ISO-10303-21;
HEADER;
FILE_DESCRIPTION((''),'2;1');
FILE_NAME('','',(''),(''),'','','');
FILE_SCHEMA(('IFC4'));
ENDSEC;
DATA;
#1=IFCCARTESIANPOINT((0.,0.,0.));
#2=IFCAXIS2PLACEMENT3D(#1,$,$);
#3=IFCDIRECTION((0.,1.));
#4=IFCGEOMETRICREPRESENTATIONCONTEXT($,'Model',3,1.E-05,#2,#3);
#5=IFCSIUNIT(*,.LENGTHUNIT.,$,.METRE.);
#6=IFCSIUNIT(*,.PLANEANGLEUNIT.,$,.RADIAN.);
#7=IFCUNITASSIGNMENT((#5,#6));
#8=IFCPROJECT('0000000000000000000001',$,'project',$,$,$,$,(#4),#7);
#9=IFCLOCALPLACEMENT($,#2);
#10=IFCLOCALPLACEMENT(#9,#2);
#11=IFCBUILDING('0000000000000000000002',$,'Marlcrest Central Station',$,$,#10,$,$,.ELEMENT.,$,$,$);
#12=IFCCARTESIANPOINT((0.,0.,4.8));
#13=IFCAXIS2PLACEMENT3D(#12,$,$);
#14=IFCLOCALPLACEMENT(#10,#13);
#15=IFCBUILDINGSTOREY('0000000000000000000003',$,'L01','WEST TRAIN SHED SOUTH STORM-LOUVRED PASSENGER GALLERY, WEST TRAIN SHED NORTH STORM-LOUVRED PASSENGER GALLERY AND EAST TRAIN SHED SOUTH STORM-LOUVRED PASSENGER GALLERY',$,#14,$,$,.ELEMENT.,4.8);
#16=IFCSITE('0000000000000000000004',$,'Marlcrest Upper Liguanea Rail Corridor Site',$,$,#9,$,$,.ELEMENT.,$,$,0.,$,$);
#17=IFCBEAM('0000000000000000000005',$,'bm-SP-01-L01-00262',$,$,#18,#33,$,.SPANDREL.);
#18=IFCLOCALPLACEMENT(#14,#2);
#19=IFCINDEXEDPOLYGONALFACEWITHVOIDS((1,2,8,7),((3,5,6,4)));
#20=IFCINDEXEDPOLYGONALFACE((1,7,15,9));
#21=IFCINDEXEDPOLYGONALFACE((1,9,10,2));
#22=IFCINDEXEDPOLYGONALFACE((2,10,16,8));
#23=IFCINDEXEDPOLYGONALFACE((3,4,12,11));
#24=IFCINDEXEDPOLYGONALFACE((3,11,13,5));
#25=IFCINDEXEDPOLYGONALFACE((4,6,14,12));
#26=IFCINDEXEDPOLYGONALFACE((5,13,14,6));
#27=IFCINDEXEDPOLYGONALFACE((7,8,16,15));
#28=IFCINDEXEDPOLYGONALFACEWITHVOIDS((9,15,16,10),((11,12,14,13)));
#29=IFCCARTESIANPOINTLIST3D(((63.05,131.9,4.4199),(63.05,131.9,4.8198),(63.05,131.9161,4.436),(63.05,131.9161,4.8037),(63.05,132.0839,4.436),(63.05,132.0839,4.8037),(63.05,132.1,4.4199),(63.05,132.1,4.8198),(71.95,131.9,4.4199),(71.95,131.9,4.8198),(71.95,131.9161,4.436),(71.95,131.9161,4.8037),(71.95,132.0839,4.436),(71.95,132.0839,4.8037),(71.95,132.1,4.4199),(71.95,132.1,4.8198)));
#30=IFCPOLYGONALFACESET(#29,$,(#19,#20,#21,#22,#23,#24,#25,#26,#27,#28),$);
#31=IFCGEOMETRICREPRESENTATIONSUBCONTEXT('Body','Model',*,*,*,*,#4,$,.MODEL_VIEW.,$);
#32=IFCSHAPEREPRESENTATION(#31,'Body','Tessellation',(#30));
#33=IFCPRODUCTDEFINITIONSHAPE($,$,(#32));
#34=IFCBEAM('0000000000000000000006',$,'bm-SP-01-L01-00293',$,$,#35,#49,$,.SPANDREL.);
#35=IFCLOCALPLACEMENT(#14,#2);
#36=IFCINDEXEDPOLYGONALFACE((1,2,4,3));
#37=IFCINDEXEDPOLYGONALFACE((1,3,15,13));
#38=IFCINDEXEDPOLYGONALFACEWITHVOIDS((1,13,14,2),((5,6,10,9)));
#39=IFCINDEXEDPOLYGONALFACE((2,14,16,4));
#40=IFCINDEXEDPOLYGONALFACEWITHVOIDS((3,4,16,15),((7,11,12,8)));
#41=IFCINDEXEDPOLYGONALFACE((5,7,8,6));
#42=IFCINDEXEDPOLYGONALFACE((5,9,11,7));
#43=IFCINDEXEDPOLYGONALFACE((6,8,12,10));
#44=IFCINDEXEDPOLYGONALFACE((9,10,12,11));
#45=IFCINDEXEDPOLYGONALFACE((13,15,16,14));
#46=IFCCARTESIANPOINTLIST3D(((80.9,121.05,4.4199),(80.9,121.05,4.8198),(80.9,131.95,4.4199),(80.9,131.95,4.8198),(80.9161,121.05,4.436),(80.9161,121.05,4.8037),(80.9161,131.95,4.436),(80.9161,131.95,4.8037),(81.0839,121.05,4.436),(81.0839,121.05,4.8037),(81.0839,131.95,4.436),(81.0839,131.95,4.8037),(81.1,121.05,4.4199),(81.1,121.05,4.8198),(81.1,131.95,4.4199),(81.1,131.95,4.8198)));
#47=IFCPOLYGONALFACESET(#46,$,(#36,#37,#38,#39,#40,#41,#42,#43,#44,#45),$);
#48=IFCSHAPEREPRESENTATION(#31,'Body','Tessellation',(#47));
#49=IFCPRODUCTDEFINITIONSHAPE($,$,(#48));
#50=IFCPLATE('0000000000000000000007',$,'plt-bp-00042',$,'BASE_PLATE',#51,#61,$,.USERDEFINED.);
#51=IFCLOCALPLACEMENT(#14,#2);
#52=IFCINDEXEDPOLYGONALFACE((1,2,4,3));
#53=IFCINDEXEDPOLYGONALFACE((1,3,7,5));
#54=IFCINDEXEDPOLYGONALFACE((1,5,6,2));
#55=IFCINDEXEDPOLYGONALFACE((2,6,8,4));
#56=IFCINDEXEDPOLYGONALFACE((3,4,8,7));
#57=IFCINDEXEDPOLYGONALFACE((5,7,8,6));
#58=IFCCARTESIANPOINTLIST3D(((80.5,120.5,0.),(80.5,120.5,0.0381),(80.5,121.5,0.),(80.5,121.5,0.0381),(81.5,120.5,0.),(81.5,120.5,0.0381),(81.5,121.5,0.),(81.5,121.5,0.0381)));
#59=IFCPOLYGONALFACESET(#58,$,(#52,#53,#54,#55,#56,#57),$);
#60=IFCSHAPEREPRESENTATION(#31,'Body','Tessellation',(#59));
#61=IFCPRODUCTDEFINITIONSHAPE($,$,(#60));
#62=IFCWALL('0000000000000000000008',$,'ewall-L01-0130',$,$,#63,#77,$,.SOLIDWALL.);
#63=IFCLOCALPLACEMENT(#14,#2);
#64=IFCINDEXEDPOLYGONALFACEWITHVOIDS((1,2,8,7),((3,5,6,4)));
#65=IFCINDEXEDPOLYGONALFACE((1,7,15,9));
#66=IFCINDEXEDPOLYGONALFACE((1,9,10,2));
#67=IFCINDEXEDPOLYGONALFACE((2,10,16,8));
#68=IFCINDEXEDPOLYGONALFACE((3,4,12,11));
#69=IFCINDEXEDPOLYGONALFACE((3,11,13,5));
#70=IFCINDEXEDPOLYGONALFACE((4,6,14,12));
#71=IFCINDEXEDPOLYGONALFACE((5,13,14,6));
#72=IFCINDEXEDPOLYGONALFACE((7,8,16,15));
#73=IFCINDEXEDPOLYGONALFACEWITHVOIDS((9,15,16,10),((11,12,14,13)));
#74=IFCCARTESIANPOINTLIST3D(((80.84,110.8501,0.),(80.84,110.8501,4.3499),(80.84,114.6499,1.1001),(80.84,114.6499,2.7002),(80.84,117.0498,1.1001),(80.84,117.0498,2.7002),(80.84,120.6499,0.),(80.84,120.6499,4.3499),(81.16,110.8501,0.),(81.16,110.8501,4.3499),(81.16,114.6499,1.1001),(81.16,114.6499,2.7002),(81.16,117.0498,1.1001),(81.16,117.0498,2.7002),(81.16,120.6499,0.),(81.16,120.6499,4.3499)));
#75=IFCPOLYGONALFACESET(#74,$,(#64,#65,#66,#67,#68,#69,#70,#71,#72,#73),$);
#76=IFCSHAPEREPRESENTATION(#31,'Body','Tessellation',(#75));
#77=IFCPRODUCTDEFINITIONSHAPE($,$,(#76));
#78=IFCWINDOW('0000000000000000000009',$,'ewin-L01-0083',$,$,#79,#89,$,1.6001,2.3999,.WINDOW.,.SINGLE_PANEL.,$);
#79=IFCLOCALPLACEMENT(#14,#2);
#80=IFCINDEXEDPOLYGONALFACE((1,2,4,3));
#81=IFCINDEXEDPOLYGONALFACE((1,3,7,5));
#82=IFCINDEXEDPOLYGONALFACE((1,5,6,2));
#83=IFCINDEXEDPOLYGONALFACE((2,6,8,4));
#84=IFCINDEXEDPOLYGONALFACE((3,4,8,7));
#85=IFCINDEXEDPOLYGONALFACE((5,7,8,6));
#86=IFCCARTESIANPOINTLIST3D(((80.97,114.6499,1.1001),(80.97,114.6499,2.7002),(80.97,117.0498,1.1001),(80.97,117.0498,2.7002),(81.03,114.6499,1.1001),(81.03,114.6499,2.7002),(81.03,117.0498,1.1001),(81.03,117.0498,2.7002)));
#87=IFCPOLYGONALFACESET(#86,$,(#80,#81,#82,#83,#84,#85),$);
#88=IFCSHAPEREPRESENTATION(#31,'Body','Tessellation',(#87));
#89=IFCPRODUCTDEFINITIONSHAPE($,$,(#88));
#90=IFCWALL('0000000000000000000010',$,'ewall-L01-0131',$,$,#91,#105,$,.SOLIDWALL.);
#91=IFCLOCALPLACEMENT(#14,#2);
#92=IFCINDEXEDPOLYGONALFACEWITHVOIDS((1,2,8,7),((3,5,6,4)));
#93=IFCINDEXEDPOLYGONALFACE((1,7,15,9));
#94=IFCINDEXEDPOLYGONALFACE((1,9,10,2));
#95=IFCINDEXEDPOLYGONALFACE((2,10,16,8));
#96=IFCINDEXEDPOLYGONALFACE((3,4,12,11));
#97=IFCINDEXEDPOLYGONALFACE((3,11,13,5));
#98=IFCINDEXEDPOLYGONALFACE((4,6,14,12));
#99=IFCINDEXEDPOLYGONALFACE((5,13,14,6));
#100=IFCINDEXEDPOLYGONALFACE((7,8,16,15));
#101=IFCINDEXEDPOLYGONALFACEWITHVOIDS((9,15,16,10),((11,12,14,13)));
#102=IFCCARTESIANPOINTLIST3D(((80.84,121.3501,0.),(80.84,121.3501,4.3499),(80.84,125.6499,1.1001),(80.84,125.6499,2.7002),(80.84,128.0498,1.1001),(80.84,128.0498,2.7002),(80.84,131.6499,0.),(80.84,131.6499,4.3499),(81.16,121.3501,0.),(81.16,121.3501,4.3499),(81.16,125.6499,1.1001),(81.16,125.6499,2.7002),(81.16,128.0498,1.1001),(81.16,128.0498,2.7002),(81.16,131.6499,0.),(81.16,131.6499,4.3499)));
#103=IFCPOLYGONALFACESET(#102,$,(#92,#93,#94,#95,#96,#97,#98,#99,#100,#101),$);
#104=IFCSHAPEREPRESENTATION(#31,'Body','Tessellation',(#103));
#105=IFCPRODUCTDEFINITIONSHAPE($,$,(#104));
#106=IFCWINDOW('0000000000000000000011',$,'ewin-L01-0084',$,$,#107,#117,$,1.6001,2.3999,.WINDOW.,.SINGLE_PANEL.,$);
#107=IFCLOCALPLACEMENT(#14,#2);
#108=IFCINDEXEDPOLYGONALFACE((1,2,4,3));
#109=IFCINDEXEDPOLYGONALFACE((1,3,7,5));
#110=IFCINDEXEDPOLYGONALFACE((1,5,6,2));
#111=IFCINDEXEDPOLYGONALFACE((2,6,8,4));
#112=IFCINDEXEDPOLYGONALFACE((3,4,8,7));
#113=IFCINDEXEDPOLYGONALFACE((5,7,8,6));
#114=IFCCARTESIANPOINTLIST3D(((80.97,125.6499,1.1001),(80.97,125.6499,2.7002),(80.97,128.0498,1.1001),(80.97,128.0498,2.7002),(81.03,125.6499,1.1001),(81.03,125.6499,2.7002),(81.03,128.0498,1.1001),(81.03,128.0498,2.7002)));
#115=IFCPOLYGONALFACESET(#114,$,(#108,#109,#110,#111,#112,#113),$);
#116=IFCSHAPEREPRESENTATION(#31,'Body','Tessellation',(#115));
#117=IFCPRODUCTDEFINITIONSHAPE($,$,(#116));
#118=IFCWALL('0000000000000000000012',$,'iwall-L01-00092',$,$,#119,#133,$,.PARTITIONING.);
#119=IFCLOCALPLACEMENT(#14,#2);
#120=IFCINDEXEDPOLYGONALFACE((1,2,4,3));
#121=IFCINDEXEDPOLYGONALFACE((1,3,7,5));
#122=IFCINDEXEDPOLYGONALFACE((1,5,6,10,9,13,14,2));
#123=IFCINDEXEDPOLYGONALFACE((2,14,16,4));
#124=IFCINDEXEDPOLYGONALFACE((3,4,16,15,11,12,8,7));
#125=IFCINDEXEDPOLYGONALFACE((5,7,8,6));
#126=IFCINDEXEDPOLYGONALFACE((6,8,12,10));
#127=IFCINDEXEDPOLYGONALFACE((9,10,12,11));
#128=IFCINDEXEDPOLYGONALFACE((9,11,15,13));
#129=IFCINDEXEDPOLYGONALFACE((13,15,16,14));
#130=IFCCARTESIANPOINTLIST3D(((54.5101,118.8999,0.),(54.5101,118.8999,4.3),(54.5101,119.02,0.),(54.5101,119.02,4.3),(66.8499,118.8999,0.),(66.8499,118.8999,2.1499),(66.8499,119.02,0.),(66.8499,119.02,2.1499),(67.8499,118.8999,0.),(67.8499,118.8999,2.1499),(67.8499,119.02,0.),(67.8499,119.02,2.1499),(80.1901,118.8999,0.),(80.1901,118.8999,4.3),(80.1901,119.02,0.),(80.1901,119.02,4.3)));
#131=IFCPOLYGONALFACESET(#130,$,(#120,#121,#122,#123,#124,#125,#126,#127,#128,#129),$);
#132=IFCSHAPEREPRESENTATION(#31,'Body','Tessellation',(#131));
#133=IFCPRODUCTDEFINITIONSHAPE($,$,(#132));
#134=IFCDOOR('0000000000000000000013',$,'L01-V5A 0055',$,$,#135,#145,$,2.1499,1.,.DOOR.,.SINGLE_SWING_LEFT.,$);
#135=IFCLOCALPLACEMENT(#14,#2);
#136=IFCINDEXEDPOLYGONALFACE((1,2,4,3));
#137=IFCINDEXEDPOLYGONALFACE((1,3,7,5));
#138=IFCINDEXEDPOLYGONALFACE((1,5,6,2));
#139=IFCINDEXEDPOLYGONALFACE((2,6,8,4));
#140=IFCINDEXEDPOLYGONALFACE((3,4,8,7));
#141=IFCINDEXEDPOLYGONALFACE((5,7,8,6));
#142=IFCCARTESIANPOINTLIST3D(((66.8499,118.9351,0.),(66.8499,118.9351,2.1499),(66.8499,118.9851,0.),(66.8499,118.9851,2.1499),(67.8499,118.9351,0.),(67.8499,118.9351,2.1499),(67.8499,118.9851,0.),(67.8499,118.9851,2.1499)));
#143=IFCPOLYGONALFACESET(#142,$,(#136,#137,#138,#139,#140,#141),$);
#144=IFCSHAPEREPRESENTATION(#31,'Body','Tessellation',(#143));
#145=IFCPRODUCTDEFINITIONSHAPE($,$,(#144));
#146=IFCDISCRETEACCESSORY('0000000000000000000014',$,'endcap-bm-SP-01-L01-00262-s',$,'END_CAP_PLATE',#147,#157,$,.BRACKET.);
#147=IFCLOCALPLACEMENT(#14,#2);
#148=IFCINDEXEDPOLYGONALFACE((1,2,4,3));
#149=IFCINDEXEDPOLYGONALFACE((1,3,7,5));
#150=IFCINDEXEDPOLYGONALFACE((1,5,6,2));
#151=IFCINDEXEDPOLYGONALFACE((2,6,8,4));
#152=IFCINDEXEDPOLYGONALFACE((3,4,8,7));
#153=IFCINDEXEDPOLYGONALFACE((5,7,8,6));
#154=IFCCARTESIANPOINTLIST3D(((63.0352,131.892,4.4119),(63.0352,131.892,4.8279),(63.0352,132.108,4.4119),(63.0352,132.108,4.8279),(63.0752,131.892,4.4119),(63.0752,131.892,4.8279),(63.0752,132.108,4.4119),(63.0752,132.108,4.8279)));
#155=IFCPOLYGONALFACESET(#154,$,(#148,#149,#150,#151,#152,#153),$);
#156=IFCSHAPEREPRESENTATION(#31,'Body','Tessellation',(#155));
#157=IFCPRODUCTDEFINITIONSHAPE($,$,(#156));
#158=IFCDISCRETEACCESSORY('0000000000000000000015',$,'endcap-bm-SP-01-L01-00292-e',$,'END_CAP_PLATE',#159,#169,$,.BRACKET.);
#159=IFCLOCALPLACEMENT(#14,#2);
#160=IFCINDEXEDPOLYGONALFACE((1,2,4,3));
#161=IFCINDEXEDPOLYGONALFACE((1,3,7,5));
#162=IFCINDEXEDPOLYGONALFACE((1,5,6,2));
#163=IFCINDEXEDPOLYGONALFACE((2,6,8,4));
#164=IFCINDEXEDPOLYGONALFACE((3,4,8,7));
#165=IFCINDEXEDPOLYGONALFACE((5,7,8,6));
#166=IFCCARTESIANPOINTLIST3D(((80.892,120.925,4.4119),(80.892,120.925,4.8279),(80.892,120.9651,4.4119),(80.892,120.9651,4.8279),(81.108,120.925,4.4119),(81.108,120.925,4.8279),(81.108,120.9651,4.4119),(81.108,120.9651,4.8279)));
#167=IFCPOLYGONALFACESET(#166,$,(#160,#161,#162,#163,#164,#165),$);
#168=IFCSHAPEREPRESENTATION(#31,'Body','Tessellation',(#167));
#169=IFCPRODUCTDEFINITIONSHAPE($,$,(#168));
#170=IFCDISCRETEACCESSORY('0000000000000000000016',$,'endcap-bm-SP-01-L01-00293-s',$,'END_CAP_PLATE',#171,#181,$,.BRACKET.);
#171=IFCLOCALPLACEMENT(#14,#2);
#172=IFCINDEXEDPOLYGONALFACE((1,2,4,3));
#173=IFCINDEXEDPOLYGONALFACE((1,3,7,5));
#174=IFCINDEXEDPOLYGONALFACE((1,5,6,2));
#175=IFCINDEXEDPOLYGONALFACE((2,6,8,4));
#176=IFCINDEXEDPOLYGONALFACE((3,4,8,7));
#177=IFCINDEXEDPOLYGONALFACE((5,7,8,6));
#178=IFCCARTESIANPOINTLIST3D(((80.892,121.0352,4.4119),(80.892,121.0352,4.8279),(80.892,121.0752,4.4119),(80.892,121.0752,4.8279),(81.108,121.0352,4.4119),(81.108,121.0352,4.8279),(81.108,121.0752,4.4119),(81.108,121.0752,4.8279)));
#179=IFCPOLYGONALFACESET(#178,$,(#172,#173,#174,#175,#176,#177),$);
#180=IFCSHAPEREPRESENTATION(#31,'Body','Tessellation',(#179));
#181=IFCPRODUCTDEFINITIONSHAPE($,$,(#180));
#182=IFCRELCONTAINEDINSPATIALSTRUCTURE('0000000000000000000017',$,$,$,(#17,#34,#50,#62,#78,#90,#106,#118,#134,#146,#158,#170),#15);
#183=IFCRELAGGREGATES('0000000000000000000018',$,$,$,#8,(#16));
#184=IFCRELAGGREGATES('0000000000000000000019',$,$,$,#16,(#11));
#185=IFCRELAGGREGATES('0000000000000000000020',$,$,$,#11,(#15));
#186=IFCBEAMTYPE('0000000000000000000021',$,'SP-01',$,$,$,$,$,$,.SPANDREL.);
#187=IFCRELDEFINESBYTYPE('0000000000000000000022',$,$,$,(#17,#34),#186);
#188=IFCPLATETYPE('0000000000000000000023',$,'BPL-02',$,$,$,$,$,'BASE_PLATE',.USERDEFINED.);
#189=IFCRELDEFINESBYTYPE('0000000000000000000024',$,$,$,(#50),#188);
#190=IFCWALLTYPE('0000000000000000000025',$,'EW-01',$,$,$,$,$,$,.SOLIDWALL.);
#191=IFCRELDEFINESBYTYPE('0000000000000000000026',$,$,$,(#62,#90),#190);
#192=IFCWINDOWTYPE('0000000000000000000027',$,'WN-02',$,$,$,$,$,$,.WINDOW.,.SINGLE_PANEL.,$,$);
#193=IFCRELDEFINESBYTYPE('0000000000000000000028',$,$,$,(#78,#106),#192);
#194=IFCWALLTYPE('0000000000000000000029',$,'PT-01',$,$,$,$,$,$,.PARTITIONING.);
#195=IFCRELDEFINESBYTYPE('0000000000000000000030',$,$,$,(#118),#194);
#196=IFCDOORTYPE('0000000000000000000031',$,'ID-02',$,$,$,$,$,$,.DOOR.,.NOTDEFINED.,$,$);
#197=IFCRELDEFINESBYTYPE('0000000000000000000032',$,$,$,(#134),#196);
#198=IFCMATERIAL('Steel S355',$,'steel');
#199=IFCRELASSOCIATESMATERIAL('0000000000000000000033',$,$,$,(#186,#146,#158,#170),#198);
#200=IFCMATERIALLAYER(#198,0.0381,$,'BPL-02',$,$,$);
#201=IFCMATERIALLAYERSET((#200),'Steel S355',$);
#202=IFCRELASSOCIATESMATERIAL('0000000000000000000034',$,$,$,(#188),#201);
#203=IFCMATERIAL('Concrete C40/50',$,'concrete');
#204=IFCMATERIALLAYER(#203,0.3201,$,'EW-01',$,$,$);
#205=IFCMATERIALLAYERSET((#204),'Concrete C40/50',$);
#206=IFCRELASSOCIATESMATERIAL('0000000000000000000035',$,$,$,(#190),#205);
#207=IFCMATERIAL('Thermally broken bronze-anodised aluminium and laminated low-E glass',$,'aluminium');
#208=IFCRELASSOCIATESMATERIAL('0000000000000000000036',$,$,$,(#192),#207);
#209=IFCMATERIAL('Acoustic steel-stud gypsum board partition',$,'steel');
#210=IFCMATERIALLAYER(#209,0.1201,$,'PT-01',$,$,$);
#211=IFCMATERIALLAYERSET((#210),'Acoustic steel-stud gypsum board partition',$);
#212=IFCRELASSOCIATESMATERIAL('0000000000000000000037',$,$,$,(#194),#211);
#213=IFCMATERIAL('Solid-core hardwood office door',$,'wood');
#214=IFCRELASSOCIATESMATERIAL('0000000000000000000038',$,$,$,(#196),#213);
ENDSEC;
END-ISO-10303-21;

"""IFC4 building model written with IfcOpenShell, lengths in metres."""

from ifc_helpers import new_model, si_unit, direction, frame, frame_2d, origin, origin_2d, place, context, subcontext, project, spatial, rectangle, hollow_rectangle, extrude, material, layer, layer_set, material_profile, profile_set, type_object, element, fill, save


model = new_model("IFC4")

# Units and contexts
model_context = context("Model", 3, precision=1e-05, world=origin(), true_north=direction((0.0, 1.0)))
body_context = subcontext(model_context, "Body", "Model", "MODEL_VIEW")
ifc_project = project(units=[si_unit("LENGTHUNIT", "METRE"), si_unit("PLANEANGLEUNIT", "RADIAN")], contexts=[model_context])

# Site, building, storey
site_placement = place(None, origin())
site = spatial("IfcSite", under=ifc_project, at=site_placement, Name="Marlcrest Upper Liguanea Rail Corridor Site", CompositionType="ELEMENT", RefElevation=0.0)
building_placement = place(site_placement, origin())
building = spatial("IfcBuilding", under=site, at=building_placement, Name="Marlcrest Central Station", CompositionType="ELEMENT")
storey_placement = place(building_placement, frame((0.0, 0.0, 4.8)))
storey = spatial("IfcBuildingStorey", under=building, at=storey_placement, Name="L01", Description="WEST TRAIN SHED SOUTH STORM-LOUVRED PASSENGER GALLERY, WEST TRAIN SHED NORTH STORM-LOUVRED PASSENGER GALLERY AND EAST TRAIN SHED SOUTH STORM-LOUVRED PASSENGER GALLERY", CompositionType="ELEMENT", Elevation=4.8)

# Shared definitions
ifc_material_1 = material(Name="Steel S355", Category="steel")

# Beams
ifc_material_profile_1 = material_profile(ifc_material_1, hollow_rectangle(XDim=0.2, YDim=0.3999, WallThickness=0.0161, at=origin_2d()), Name="RHS 400x200x16")
ifc_profile_set_1 = profile_set([ifc_material_profile_1], Name="Steel S355")
beam_type_1 = type_object("IfcBeamType", Name="SP-01", PredefinedType="SPANDREL", material=ifc_profile_set_1)
beam_1_placement = place(storey_placement, frame((63.05, 132.0, 4.6199), z_axis=(1.0, 0.0, 0.0), x_axis=(0.0, 1.0, 0.0)))
element("IfcBeam", 1, at=beam_1_placement, inside=storey, type_object=beam_type_1, Name="bm-SP-01-L01-00262", PredefinedType="SPANDREL", context=body_context, shape_type="SweptSolid", body=[
    extrude(hollow_rectangle(XDim=0.2, YDim=0.3999, WallThickness=0.0161, at=origin_2d()), origin(), (0.0, 0.0, 1.0), 8.8999),
])
beam_2_placement = place(storey_placement, frame((81.0, 121.05, 4.6199), z_axis=(0.0, 1.0, 0.0), x_axis=(-1.0, 0.0, 0.0)))
element("IfcBeam", 2, at=beam_2_placement, inside=storey, type_object=beam_type_1, Name="bm-SP-01-L01-00293", PredefinedType="SPANDREL", context=body_context, shape_type="SweptSolid", body=[
    extrude(hollow_rectangle(XDim=0.2, YDim=0.3999, WallThickness=0.0161, at=origin_2d()), origin(), (0.0, 0.0, 1.0), 10.8999),
])

# Plate
ifc_layer_1 = layer(ifc_material_1, 0.0381, Name="BPL-02")
ifc_layer_set_1 = layer_set([ifc_layer_1], Name="Steel S355")
plate_type = type_object("IfcPlateType", Name="BPL-02", ElementType="BASE_PLATE", PredefinedType="USERDEFINED", material=ifc_layer_set_1)
plate_placement = place(storey_placement, frame((81.0, 121.0, 0.0), z_axis=(0.0, 0.0, 1.0), x_axis=(1.0, 0.0, 0.0)))
element("IfcPlate", 3, at=plate_placement, inside=storey, type_object=plate_type, Name="plt-bp-00042", ObjectType="BASE_PLATE", PredefinedType="USERDEFINED", context=body_context, shape_type="SweptSolid", body=[
    extrude(rectangle(XDim=1.0, YDim=1.0, at=origin_2d()), origin(), (0.0, 0.0, 1.0), 0.0381),
])

# Walls, openings, windows
ifc_material_2 = material(Name="Concrete C40/50", Category="concrete")
ifc_layer_2 = layer(ifc_material_2, 0.3201, Name="EW-01")
ifc_layer_set_2 = layer_set([ifc_layer_2], Name="Concrete C40/50")
wall_type_1 = type_object("IfcWallType", Name="EW-01", PredefinedType="SOLIDWALL", material=ifc_layer_set_2)
wall_1_placement = place(storey_placement, frame((81.0, 120.6499, 0.0), z_axis=(0.0, 0.0, 1.0), x_axis=(0.0, -1.0, 0.0)))
wall_1 = element("IfcWall", 4, at=wall_1_placement, inside=storey, type_object=wall_type_1, Name="ewall-L01-0130", PredefinedType="SOLIDWALL", context=body_context, shape_type="SweptSolid", body=[
    extrude(rectangle(XDim=9.7998, YDim=0.3201, at=frame_2d((4.8999, 0.0))), origin(), (0.0, 0.0, 1.0), 4.3499),
])
opening_1_placement = place(wall_1_placement, frame((3.6001, 0.0, 1.1001)))
opening_1 = element("IfcOpeningElement", 5, at=opening_1_placement, cuts=wall_1, PredefinedType="OPENING", context=body_context, shape_type="SweptSolid", body=[
    extrude(rectangle(XDim=2.3999, YDim=1.6001, at=frame_2d((1.2, 0.8))), frame((0.0, 0.1699, 0.0), z_axis=(0.0, -1.0, 0.0), x_axis=(1.0, 0.0, 0.0)), (0.0, 0.0, 1.0), 0.3401),
])
ifc_material_3 = material(Name="Thermally broken bronze-anodised aluminium and laminated low-E glass", Category="aluminium")
window_type = type_object("IfcWindowType", Name="WN-02", PartitioningType="SINGLE_PANEL", PredefinedType="WINDOW", material=ifc_material_3)
window_1_placement = place(opening_1_placement, origin())
window_1 = element("IfcWindow", 6, at=window_1_placement, inside=storey, type_object=window_type, Name="ewin-L01-0083", OverallHeight=1.6001, OverallWidth=2.3999, PartitioningType="SINGLE_PANEL", PredefinedType="WINDOW", context=body_context, shape_type="SweptSolid", body=[
    extrude(rectangle(XDim=2.3999, YDim=1.6001, at=frame_2d((1.2, 0.8))), frame((0.0, 0.03, 0.0), z_axis=(0.0, -1.0, 0.0), x_axis=(1.0, 0.0, 0.0)), (0.0, 0.0, 1.0), 0.0601),
])
fill(opening_1, window_1)
wall_2_placement = place(storey_placement, frame((81.0, 131.6499, 0.0), z_axis=(0.0, 0.0, 1.0), x_axis=(0.0, -1.0, 0.0)))
wall_2 = element("IfcWall", 7, at=wall_2_placement, inside=storey, type_object=wall_type_1, Name="ewall-L01-0131", PredefinedType="SOLIDWALL", context=body_context, shape_type="SweptSolid", body=[
    extrude(rectangle(XDim=10.2998, YDim=0.3201, at=frame_2d((5.1499, 0.0))), origin(), (0.0, 0.0, 1.0), 4.3499),
])
opening_2_placement = place(wall_2_placement, frame((3.6001, 0.0, 1.1001)))
opening_2 = element("IfcOpeningElement", 8, at=opening_2_placement, cuts=wall_2, PredefinedType="OPENING", context=body_context, shape_type="SweptSolid", body=[
    extrude(rectangle(XDim=2.3999, YDim=1.6001, at=frame_2d((1.2, 0.8))), frame((0.0, 0.1699, 0.0), z_axis=(0.0, -1.0, 0.0), x_axis=(1.0, 0.0, 0.0)), (0.0, 0.0, 1.0), 0.3401),
])
window_2_placement = place(opening_2_placement, origin())
window_2 = element("IfcWindow", 9, at=window_2_placement, inside=storey, type_object=window_type, Name="ewin-L01-0084", OverallHeight=1.6001, OverallWidth=2.3999, PartitioningType="SINGLE_PANEL", PredefinedType="WINDOW", context=body_context, shape_type="SweptSolid", body=[
    extrude(rectangle(XDim=2.3999, YDim=1.6001, at=frame_2d((1.2, 0.8))), frame((0.0, 0.03, 0.0), z_axis=(0.0, -1.0, 0.0), x_axis=(1.0, 0.0, 0.0)), (0.0, 0.0, 1.0), 0.0601),
])
fill(opening_2, window_2)

# Wall, opening, door
ifc_material_4 = material(Name="Acoustic steel-stud gypsum board partition", Category="steel")
ifc_layer_3 = layer(ifc_material_4, 0.1201, Name="PT-01")
ifc_layer_set_3 = layer_set([ifc_layer_3], Name="Acoustic steel-stud gypsum board partition")
wall_type_2 = type_object("IfcWallType", Name="PT-01", PredefinedType="PARTITIONING", material=ifc_layer_set_3)
wall_3_placement = place(storey_placement, frame((80.1899, 118.96, 0.0), z_axis=(0.0, 0.0, 1.0), x_axis=(-1.0, 0.0, 0.0)))
wall_3 = element("IfcWall", 10, at=wall_3_placement, inside=storey, type_object=wall_type_2, Name="iwall-L01-00092", PredefinedType="PARTITIONING", context=body_context, shape_type="SweptSolid", body=[
    extrude(rectangle(XDim=25.6799, YDim=0.1201, at=frame_2d((12.8398, 0.0))), origin(), (0.0, 0.0, 1.0), 4.3),
])
opening_3_placement = place(wall_3_placement, frame((12.3401, 0.0, 0.0)))
opening_3 = element("IfcOpeningElement", 11, at=opening_3_placement, cuts=wall_3, PredefinedType="OPENING", context=body_context, shape_type="SweptSolid", body=[
    extrude(rectangle(XDim=1.0, YDim=2.1499, at=frame_2d((0.5, 1.075))), frame((0.0, 0.0701, 0.0), z_axis=(0.0, -1.0, 0.0), x_axis=(1.0, 0.0, 0.0)), (0.0, 0.0, 1.0), 0.1401),
])
ifc_material_5 = material(Name="Solid-core hardwood office door", Category="wood")
door_type = type_object("IfcDoorType", Name="ID-02", OperationType="NOTDEFINED", PredefinedType="DOOR", material=ifc_material_5)
door_placement = place(opening_3_placement, origin())
door = element("IfcDoor", 12, at=door_placement, inside=storey, type_object=door_type, Name="L01-V5A 0055", OperationType="SINGLE_SWING_LEFT", OverallHeight=2.1499, OverallWidth=1.0, PredefinedType="DOOR", context=body_context, shape_type="SweptSolid", body=[
    extrude(rectangle(XDim=1.0, YDim=2.1499, at=frame_2d((0.5, 1.075))), frame((0.0, 0.0249, 0.0), z_axis=(0.0, -1.0, 0.0), x_axis=(1.0, 0.0, 0.0)), (0.0, 0.0, 1.0), 0.05),
])
fill(opening_3, door)

# Discrete accessories
for number, where, z_axis, x_axis, name in (
    (13, (63.0352, 132.0, 4.6199), (1.0, 0.0, 0.0), (0.0, 1.0, 0.0), "endcap-bm-SP-01-L01-00262-s"),
    (14, (81.0, 120.925, 4.6199), (0.0, 1.0, 0.0), (-1.0, 0.0, 0.0), "endcap-bm-SP-01-L01-00292-e"),
    (15, (81.0, 121.0352, 4.6199), (0.0, 1.0, 0.0), (-1.0, 0.0, 0.0), "endcap-bm-SP-01-L01-00293-s"),
):
    element("IfcDiscreteAccessory", number, at=place(storey_placement, frame(where, z_axis=z_axis, x_axis=x_axis)), inside=storey, material=ifc_material_1, Name=name, ObjectType="END_CAP_PLATE", PredefinedType="BRACKET", context=body_context, shape_type="SweptSolid", body=[
        extrude(rectangle(XDim=0.2161, YDim=0.416, at=origin_2d()), origin(), (0.0, 0.0, 1.0), 0.04),
    ])

save(model, "model.ifc")
